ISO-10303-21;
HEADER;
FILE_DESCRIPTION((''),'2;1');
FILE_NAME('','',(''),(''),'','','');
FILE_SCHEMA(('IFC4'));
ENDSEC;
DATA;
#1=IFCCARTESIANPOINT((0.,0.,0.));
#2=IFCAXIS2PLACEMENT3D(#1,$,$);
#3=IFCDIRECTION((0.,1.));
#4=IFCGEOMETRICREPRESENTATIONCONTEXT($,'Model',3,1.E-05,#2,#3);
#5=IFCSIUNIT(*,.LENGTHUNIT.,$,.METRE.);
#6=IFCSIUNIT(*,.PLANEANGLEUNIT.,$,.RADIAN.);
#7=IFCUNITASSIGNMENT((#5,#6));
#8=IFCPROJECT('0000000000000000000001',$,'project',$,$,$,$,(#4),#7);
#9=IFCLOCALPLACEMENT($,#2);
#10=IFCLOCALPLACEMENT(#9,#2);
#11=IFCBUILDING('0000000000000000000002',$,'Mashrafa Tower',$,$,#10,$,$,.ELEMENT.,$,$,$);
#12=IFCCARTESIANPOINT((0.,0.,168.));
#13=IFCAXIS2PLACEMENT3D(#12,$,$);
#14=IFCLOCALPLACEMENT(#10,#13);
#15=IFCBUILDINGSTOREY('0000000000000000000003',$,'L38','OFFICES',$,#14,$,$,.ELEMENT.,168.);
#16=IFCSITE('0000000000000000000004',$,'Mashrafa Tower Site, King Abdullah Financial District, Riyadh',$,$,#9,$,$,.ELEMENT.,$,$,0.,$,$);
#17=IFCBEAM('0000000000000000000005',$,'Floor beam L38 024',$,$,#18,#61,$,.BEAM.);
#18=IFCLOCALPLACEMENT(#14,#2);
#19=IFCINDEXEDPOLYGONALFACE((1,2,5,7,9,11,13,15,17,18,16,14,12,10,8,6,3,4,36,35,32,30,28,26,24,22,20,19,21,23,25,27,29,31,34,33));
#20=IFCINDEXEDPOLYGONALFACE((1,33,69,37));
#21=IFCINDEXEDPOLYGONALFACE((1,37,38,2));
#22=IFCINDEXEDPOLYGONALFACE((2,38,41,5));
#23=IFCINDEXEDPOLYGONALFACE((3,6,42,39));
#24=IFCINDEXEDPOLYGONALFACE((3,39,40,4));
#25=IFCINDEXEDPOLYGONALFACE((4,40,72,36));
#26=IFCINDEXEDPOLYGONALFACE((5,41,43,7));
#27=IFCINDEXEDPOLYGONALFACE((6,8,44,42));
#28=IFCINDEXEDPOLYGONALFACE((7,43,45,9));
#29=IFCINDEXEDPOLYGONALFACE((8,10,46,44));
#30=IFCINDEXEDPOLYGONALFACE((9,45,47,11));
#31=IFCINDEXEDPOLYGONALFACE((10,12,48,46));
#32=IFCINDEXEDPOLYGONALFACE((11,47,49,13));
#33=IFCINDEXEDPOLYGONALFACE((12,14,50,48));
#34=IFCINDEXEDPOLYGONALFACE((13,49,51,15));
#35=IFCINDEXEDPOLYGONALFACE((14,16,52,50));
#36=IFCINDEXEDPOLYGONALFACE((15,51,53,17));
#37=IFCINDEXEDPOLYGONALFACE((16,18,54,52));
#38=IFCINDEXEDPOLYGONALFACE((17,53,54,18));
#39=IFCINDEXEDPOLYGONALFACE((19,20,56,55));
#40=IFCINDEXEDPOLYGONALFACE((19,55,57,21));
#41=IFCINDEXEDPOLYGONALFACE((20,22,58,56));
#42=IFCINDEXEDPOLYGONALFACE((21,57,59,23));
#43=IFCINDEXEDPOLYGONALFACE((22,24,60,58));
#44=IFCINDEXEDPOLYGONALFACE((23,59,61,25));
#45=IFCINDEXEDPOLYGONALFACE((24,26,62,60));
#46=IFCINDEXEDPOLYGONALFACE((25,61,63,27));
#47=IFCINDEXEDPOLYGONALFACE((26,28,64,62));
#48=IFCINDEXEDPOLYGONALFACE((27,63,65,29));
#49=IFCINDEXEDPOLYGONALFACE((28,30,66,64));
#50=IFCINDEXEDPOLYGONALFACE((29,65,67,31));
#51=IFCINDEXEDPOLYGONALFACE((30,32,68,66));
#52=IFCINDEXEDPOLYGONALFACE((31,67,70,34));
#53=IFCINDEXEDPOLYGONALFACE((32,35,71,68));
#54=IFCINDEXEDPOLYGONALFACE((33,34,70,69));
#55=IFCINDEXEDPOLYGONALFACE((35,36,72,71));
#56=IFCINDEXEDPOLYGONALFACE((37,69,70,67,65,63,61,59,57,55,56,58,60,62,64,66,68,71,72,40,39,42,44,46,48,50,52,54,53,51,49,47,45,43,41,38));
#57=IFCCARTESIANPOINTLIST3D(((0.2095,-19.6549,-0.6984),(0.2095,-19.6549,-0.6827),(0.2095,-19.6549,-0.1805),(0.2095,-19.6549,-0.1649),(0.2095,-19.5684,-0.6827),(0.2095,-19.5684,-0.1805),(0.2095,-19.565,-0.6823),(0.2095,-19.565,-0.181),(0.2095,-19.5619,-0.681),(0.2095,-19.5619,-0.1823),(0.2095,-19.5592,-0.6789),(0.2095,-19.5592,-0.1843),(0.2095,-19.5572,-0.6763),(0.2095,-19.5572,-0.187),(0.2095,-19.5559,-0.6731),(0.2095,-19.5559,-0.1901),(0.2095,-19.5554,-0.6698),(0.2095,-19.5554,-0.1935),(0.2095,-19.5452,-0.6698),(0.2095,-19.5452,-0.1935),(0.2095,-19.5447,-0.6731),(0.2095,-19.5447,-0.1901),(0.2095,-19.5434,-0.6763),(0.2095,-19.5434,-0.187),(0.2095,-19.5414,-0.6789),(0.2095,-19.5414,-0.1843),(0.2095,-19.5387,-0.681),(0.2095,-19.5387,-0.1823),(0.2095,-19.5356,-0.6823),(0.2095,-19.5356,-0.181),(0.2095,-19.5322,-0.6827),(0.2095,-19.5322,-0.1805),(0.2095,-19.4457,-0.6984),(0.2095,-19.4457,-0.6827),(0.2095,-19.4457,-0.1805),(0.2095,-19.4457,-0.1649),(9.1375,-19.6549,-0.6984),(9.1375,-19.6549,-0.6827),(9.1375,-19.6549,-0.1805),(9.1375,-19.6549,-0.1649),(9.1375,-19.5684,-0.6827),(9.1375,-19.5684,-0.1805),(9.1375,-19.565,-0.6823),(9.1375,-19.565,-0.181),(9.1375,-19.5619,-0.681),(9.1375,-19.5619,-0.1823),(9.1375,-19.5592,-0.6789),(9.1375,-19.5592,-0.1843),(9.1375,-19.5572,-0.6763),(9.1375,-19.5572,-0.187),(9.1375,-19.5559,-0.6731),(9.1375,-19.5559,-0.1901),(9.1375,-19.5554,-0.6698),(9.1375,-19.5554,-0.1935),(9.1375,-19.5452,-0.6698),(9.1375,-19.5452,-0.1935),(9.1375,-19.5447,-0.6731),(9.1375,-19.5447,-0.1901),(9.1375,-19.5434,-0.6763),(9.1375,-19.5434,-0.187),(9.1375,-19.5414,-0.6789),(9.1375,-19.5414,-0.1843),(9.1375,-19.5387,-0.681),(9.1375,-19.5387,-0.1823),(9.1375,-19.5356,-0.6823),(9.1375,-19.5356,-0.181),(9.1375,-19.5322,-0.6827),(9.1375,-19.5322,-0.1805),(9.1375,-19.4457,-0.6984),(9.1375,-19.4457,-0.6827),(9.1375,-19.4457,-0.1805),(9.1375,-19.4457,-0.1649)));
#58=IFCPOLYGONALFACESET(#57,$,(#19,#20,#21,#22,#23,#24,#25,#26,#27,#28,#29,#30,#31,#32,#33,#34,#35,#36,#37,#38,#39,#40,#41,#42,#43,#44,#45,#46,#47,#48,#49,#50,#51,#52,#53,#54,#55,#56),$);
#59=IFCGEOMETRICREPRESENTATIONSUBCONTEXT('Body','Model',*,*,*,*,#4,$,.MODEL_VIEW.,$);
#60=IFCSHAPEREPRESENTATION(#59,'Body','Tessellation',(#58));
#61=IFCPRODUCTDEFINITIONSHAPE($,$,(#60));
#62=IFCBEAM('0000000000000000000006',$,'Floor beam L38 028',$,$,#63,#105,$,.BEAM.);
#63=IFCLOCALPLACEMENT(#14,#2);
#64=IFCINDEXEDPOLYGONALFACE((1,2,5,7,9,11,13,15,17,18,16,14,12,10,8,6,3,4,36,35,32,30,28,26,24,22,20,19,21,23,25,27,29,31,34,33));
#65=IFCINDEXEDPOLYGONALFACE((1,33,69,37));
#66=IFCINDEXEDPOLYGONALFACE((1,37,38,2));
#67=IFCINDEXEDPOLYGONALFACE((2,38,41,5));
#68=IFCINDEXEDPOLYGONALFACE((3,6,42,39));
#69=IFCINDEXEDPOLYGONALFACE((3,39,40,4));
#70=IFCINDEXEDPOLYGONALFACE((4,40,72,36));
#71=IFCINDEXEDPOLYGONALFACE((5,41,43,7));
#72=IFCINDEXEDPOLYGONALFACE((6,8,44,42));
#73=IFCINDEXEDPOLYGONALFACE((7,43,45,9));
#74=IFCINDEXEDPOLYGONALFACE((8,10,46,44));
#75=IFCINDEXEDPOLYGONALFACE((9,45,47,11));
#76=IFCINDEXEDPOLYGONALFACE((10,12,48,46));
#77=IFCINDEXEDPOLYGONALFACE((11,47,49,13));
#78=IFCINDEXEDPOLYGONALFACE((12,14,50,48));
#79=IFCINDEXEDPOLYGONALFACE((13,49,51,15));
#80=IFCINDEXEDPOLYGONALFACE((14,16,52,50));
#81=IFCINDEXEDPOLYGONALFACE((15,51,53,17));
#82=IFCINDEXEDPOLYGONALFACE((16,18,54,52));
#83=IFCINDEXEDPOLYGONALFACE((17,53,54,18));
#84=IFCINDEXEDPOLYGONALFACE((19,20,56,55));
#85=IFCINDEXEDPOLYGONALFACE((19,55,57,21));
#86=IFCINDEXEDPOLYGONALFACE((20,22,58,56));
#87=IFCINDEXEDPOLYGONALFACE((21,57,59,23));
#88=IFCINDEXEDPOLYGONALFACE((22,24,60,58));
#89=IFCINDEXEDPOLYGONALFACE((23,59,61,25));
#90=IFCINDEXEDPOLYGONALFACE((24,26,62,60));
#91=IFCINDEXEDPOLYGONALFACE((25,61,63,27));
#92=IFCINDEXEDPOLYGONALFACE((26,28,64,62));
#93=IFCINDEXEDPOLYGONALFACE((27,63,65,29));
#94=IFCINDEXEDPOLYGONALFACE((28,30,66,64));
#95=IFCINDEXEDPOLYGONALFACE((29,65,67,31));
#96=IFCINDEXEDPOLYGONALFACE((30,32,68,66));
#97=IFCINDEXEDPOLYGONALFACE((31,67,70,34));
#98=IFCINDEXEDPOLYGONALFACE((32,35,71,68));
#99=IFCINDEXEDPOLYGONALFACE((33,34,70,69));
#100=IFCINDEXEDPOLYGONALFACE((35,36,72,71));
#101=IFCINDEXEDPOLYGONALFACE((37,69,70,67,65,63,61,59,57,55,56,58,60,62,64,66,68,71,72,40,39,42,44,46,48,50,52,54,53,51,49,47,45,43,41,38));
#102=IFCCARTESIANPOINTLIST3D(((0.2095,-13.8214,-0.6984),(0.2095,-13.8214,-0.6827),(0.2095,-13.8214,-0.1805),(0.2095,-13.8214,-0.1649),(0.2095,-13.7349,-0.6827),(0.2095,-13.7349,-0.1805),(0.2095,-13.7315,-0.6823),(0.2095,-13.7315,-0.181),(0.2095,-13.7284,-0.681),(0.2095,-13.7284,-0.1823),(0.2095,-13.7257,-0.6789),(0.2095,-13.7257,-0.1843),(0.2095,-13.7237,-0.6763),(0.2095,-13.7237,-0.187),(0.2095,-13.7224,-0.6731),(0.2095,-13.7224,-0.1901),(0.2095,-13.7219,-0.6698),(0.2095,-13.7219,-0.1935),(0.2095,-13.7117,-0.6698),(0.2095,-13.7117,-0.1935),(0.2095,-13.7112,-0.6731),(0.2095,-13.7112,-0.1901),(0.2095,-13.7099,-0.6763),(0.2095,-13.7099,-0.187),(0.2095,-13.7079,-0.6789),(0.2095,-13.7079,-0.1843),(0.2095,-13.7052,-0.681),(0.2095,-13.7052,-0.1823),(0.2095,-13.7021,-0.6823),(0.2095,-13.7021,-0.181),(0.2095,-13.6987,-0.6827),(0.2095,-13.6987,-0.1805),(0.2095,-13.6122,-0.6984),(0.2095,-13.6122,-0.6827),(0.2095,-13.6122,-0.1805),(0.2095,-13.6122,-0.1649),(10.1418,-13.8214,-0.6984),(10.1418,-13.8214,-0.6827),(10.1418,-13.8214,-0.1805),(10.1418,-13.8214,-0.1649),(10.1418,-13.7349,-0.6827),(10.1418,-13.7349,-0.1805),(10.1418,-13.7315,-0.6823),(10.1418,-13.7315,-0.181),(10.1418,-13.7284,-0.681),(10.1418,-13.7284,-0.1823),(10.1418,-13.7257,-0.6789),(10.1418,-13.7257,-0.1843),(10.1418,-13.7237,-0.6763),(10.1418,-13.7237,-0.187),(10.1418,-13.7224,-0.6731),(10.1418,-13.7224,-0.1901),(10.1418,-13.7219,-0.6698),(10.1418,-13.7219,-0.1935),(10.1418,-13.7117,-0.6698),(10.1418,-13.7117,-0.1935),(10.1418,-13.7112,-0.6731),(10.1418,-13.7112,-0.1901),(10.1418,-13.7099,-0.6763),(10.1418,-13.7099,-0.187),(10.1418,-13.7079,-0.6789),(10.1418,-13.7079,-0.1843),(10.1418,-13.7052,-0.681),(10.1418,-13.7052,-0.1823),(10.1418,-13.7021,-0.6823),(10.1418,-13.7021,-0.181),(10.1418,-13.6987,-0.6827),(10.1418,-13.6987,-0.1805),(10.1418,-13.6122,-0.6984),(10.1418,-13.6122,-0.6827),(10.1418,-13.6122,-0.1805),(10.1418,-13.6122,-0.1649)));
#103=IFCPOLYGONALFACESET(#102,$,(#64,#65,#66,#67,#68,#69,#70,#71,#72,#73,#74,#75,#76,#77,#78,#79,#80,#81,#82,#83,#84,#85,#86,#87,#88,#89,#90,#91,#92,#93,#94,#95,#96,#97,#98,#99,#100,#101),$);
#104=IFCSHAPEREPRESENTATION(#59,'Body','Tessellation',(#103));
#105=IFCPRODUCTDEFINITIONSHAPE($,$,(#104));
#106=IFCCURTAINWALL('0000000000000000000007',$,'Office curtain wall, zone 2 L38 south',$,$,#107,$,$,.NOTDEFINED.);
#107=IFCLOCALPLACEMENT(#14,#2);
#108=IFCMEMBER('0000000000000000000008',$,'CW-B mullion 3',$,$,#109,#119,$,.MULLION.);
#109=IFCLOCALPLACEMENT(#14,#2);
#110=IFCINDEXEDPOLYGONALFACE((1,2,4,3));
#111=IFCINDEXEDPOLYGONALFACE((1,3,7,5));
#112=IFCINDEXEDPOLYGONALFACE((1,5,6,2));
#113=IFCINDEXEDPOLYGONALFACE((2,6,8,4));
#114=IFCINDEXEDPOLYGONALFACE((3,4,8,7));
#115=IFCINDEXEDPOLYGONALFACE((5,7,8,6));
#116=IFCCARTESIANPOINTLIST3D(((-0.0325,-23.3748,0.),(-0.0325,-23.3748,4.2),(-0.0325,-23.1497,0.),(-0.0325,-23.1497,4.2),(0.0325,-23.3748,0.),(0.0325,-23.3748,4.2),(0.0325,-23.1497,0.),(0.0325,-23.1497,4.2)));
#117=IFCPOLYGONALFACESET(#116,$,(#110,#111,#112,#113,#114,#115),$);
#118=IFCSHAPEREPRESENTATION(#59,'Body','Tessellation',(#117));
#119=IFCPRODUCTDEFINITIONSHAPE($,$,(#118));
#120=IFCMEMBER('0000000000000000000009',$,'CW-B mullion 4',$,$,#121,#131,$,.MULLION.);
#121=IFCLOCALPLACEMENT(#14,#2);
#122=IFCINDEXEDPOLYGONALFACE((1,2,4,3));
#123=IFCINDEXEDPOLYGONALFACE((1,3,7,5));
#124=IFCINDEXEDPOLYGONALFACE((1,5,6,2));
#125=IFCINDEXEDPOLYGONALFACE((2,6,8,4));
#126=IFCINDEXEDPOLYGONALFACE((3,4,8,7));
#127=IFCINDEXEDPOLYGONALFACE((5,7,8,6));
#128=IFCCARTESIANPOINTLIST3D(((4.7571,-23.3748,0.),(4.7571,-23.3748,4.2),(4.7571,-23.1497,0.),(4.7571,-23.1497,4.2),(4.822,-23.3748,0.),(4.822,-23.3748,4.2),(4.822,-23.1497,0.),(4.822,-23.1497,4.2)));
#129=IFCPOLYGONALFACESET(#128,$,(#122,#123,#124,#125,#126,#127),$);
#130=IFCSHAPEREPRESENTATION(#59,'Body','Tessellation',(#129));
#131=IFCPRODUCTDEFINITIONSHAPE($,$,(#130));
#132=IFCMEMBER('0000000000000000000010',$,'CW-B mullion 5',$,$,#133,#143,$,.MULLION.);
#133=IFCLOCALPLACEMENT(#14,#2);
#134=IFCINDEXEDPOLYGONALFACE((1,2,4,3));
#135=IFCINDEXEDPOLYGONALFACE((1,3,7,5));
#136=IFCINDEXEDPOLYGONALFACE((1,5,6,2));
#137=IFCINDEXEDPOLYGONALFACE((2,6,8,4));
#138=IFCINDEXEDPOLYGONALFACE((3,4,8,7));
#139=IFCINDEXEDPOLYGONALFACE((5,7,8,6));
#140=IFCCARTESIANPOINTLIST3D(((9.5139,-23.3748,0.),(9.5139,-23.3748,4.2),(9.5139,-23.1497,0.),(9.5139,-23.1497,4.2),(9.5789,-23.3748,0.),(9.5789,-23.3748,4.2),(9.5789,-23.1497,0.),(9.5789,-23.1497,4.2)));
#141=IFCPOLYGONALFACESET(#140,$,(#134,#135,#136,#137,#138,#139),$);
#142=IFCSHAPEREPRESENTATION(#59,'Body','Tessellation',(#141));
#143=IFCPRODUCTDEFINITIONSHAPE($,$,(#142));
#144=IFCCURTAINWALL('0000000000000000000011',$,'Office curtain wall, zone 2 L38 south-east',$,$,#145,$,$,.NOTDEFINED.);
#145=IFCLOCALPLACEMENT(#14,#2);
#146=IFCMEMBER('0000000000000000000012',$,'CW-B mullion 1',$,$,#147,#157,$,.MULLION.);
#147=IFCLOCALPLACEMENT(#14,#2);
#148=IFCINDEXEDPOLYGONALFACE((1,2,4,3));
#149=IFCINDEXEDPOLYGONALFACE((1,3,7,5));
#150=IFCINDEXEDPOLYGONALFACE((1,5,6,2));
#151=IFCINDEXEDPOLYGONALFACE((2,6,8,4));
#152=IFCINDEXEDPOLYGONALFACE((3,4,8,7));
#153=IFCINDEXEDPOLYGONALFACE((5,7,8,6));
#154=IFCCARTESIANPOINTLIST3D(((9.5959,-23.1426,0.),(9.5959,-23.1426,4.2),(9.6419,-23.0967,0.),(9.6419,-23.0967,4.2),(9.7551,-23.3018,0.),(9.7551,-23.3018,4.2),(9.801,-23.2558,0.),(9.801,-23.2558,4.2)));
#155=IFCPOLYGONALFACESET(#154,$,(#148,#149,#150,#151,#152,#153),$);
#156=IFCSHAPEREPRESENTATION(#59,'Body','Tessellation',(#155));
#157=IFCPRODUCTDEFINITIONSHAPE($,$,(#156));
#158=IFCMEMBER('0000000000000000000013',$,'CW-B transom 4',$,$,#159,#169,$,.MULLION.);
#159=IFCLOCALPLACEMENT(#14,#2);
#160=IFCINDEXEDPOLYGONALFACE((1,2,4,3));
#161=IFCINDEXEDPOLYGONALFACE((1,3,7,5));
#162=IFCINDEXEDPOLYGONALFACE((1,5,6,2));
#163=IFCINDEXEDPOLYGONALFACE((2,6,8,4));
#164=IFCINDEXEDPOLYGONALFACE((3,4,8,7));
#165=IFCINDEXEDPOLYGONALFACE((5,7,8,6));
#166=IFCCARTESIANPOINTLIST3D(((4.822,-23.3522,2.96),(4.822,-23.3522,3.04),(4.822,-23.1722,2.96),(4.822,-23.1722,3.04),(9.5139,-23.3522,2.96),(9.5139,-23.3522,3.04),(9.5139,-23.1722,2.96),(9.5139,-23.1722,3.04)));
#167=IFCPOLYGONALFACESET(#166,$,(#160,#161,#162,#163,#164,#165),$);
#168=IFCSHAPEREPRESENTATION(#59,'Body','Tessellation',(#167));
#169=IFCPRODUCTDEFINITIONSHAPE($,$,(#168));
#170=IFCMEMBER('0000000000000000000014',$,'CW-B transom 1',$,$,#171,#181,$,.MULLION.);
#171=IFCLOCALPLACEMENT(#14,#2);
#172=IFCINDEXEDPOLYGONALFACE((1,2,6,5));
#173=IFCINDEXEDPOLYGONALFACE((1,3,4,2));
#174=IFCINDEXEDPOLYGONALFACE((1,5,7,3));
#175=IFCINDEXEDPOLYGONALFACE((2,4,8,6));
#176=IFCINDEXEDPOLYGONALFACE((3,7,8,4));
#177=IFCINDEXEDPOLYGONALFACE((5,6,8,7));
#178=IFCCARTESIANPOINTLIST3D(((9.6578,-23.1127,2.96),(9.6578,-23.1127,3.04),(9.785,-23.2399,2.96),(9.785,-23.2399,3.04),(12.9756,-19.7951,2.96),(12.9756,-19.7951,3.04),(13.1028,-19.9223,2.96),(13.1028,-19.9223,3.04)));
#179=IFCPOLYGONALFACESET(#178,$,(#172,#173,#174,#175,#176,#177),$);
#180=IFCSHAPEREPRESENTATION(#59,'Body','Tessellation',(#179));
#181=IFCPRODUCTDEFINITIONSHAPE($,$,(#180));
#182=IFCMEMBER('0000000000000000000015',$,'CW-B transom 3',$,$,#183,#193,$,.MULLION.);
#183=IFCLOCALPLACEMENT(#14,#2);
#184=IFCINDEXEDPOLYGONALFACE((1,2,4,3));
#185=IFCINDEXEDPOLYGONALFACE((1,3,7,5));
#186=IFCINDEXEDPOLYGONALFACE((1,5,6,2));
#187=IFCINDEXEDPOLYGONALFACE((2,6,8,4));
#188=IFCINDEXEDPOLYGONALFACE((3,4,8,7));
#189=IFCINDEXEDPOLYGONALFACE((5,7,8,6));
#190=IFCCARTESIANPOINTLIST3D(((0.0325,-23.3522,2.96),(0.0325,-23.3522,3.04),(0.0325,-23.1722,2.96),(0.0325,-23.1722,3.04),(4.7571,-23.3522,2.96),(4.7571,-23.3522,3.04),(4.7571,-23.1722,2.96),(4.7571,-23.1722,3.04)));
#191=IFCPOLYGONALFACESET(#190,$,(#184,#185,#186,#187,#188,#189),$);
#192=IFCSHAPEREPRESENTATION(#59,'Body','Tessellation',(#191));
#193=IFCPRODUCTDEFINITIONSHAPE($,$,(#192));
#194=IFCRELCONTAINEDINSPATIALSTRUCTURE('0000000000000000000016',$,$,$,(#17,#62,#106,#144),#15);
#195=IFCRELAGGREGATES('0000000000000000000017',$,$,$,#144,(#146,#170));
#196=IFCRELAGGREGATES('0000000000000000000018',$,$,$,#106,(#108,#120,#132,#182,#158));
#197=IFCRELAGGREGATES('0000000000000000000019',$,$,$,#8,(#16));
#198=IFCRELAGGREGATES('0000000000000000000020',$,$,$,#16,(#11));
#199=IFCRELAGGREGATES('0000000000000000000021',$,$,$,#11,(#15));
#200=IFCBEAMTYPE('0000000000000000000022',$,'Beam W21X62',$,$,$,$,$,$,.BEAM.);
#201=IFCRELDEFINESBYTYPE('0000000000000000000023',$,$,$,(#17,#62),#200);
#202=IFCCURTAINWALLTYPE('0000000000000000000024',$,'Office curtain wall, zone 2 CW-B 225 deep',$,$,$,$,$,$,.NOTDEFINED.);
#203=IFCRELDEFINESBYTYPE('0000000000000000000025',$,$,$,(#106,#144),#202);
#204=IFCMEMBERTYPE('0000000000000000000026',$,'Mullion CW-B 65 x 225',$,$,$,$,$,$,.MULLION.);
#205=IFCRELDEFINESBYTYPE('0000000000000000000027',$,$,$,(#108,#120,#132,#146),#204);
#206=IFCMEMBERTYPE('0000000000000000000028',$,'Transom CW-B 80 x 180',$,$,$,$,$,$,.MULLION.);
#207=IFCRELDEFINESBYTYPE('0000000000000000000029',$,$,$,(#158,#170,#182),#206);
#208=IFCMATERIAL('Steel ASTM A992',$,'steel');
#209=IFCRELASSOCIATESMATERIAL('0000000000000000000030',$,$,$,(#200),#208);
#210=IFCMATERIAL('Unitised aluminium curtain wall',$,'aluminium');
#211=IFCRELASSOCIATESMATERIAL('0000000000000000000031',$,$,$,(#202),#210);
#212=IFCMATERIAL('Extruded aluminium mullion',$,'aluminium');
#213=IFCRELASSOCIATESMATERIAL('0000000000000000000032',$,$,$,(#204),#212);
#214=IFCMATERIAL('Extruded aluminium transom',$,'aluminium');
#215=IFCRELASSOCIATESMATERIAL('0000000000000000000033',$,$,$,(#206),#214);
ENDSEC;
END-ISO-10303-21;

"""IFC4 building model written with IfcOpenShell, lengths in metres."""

from ifc_helpers import new_model, si_unit, direction, frame, origin, origin_2d, place, context, subcontext, project, spatial, rectangle, i_section, extrude, source, transform, mapped, material, material_profile, profile_set, type_object, type_shapes, element, aggregate, save


model = new_model("IFC4")

# Units and contexts
model_context = context("Model", 3, precision=1e-05, world=origin(), true_north=direction((0.0, 1.0)))
body_context = subcontext(model_context, "Body", "Model", "MODEL_VIEW")
ifc_project = project(units=[si_unit("LENGTHUNIT", "METRE"), si_unit("PLANEANGLEUNIT", "RADIAN")], contexts=[model_context])

# Site, building, storey
site_placement = place(None, origin())
site = spatial("IfcSite", under=ifc_project, at=site_placement, Name="Mashrafa Tower Site, King Abdullah Financial District, Riyadh", CompositionType="ELEMENT", RefElevation=0.0)
building_placement = place(site_placement, origin())
building = spatial("IfcBuilding", under=site, at=building_placement, Name="Mashrafa Tower", CompositionType="ELEMENT")
storey_placement = place(building_placement, frame((0.0, 0.0, 168.0)))
storey = spatial("IfcBuildingStorey", under=building, at=storey_placement, Name="L38", Description="OFFICES", CompositionType="ELEMENT", Elevation=168.0)

# Beams
ifc_material_1 = material(Name="Steel ASTM A992", Category="steel")
ifc_material_profile_1 = material_profile(ifc_material_1, i_section(OverallWidth=0.2092, OverallDepth=0.5334, WebThickness=0.0103, FlangeThickness=0.0156, FilletRadius=0.0129, at=origin_2d()), Name="W21X62")
ifc_profile_set_1 = profile_set([ifc_material_profile_1], Name="Steel ASTM A992")
beam_type_1 = type_object("IfcBeamType", Name="Beam W21X62", PredefinedType="BEAM", material=ifc_profile_set_1)
beam_1_placement = place(storey_placement, frame((9.1375, -19.5503, -0.4316), z_axis=(-1.0, 0.0, 0.0), x_axis=(0.0, -1.0, 0.0)))
element("IfcBeam", 1, at=beam_1_placement, inside=storey, type_object=beam_type_1, Name="Floor beam L38 024", PredefinedType="BEAM", context=body_context, shape_type="SweptSolid", body=[
    extrude(i_section(OverallWidth=0.2092, OverallDepth=0.5334, WebThickness=0.0103, FlangeThickness=0.0156, FilletRadius=0.0129, at=origin_2d()), origin(), (0.0, 0.0, 1.0), 8.928),
])
beam_2_placement = place(storey_placement, frame((10.1418, -13.7168, -0.4316), z_axis=(-1.0, 0.0, 0.0), x_axis=(0.0, -1.0, 0.0)))
element("IfcBeam", 2, at=beam_2_placement, inside=storey, type_object=beam_type_1, Name="Floor beam L38 028", PredefinedType="BEAM", context=body_context, shape_type="SweptSolid", body=[
    extrude(i_section(OverallWidth=0.2092, OverallDepth=0.5334, WebThickness=0.0103, FlangeThickness=0.0156, FilletRadius=0.0129, at=origin_2d()), origin(), (0.0, 0.0, 1.0), 9.9324),
])

# Curtain wall, members
ifc_material_2 = material(Name="Unitised aluminium curtain wall", Category="aluminium")
curtain_wall_type = type_object("IfcCurtainWallType", Name="Office curtain wall, zone 2 CW-B 225 deep", PredefinedType="NOTDEFINED", material=ifc_material_2)
curtain_wall_1_placement = place(storey_placement, origin())
curtain_wall_1 = element("IfcCurtainWall", 3, at=curtain_wall_1_placement, inside=storey, type_object=curtain_wall_type, Name="Office curtain wall, zone 2 L38 south", PredefinedType="NOTDEFINED")
ifc_material_3 = material(Name="Extruded aluminium mullion", Category="aluminium")
ifc_material_profile_2 = material_profile(ifc_material_3, rectangle(XDim=0.2251, YDim=0.0649, at=origin_2d()), Name="Mullion 65x225")
ifc_profile_set_2 = profile_set([ifc_material_profile_2], Name="Extruded aluminium mullion")
member_type_1 = type_object("IfcMemberType", Name="Mullion CW-B 65 x 225", PredefinedType="MULLION", material=ifc_profile_set_2)
shared_shape_1 = source(origin(), body_context, "Body", "SweptSolid", [
    extrude(rectangle(XDim=0.2251, YDim=0.0649, at=origin_2d()), origin(), (0.0, 0.0, 1.0), 4.2),
])
type_shapes(member_type_1, [shared_shape_1])
member_1_placement = place(storey_placement, frame((0.0, -23.2622, 0.0), z_axis=(0.0, 0.0, 1.0), x_axis=(0.0, 1.0, 0.0)))
member_1 = element("IfcMember", 4, at=member_1_placement, type_object=member_type_1, Name="CW-B mullion 3", PredefinedType="MULLION", context=body_context, shape_type="MappedRepresentation", body=[
    mapped(shared_shape_1, transform((0.0, 0.0, 0.0))),
])
member_2_placement = place(storey_placement, frame((4.7896, -23.2622, 0.0), z_axis=(0.0, 0.0, 1.0), x_axis=(0.0, 1.0, 0.0)))
member_2 = element("IfcMember", 5, at=member_2_placement, type_object=member_type_1, Name="CW-B mullion 4", PredefinedType="MULLION", context=body_context, shape_type="MappedRepresentation", body=[
    mapped(shared_shape_1, transform((0.0, 0.0, 0.0))),
])
member_3_placement = place(storey_placement, frame((9.5464, -23.2622, 0.0), z_axis=(0.0, 0.0, 1.0), x_axis=(0.0, 1.0, 0.0)))
member_3 = element("IfcMember", 6, at=member_3_placement, type_object=member_type_1, Name="CW-B mullion 5", PredefinedType="MULLION", context=body_context, shape_type="MappedRepresentation", body=[
    mapped(shared_shape_1, transform((0.0, 0.0, 0.0))),
])

# Curtain wall, member
curtain_wall_2_placement = place(storey_placement, origin())
curtain_wall_2 = element("IfcCurtainWall", 7, at=curtain_wall_2_placement, inside=storey, type_object=curtain_wall_type, Name="Office curtain wall, zone 2 L38 south-east", PredefinedType="NOTDEFINED")
member_4_placement = place(storey_placement, frame((9.6985, -23.1992, 0.0), z_axis=(0.0, 0.0, 1.0), x_axis=(-0.707107, 0.707107, 0.0)))
member_4 = element("IfcMember", 8, at=member_4_placement, type_object=member_type_1, Name="CW-B mullion 1", PredefinedType="MULLION", context=body_context, shape_type="MappedRepresentation", body=[
    mapped(shared_shape_1, transform((0.0, 0.0, 0.0))),
])

# Members
ifc_material_4 = material(Name="Extruded aluminium transom", Category="aluminium")
ifc_material_profile_3 = material_profile(ifc_material_4, rectangle(XDim=0.1799, YDim=0.0801, at=origin_2d()), Name="Transom 80x180")
ifc_profile_set_3 = profile_set([ifc_material_profile_3], Name="Extruded aluminium transom")
member_type_2 = type_object("IfcMemberType", Name="Transom CW-B 80 x 180", PredefinedType="MULLION", material=ifc_profile_set_3)
shared_shape_2 = source(origin(), body_context, "Body", "SweptSolid", [
    extrude(rectangle(XDim=0.1799, YDim=0.0801, at=origin_2d()), origin(), (0.0, 0.0, 1.0), 4.6919),
])
member_5_placement = place(storey_placement, frame((4.822, -23.2622, 3.0), z_axis=(1.0, 0.0, 0.0), x_axis=(0.0, 1.0, 0.0)))
member_5 = element("IfcMember", 9, at=member_5_placement, type_object=member_type_2, Name="CW-B transom 4", PredefinedType="MULLION", context=body_context, shape_type="MappedRepresentation", body=[
    mapped(shared_shape_2, transform((0.0, 0.0, 0.0))),
])
member_6_placement = place(storey_placement, frame((9.7214, -23.1763, 3.0), z_axis=(0.707133, 0.707081, 0.0), x_axis=(-0.707081, 0.707133, 0.0)))
member_6 = element("IfcMember", 10, at=member_6_placement, type_object=member_type_2, Name="CW-B transom 1", PredefinedType="MULLION", context=body_context, shape_type="MappedRepresentation", body=[
    mapped(shared_shape_2, transform((0.0, 0.0, 0.0))),
])
aggregate(curtain_wall_2, [member_4, member_6])
shared_shape_3 = source(origin(), body_context, "Body", "SweptSolid", [
    extrude(rectangle(XDim=0.1799, YDim=0.0801, at=origin_2d()), origin(), (0.0, 0.0, 1.0), 4.7246),
])
type_shapes(member_type_2, [shared_shape_2, shared_shape_3])
member_7_placement = place(storey_placement, frame((0.0325, -23.2622, 3.0), z_axis=(1.0, 0.0, 0.0), x_axis=(0.0, 1.0, 0.0)))
member_7 = element("IfcMember", 11, at=member_7_placement, type_object=member_type_2, Name="CW-B transom 3", PredefinedType="MULLION", context=body_context, shape_type="MappedRepresentation", body=[
    mapped(shared_shape_3, transform((0.0, 0.0, 0.0))),
])

aggregate(curtain_wall_1, [member_1, member_2, member_3, member_7, member_5])

save(model, "model.ifc")
